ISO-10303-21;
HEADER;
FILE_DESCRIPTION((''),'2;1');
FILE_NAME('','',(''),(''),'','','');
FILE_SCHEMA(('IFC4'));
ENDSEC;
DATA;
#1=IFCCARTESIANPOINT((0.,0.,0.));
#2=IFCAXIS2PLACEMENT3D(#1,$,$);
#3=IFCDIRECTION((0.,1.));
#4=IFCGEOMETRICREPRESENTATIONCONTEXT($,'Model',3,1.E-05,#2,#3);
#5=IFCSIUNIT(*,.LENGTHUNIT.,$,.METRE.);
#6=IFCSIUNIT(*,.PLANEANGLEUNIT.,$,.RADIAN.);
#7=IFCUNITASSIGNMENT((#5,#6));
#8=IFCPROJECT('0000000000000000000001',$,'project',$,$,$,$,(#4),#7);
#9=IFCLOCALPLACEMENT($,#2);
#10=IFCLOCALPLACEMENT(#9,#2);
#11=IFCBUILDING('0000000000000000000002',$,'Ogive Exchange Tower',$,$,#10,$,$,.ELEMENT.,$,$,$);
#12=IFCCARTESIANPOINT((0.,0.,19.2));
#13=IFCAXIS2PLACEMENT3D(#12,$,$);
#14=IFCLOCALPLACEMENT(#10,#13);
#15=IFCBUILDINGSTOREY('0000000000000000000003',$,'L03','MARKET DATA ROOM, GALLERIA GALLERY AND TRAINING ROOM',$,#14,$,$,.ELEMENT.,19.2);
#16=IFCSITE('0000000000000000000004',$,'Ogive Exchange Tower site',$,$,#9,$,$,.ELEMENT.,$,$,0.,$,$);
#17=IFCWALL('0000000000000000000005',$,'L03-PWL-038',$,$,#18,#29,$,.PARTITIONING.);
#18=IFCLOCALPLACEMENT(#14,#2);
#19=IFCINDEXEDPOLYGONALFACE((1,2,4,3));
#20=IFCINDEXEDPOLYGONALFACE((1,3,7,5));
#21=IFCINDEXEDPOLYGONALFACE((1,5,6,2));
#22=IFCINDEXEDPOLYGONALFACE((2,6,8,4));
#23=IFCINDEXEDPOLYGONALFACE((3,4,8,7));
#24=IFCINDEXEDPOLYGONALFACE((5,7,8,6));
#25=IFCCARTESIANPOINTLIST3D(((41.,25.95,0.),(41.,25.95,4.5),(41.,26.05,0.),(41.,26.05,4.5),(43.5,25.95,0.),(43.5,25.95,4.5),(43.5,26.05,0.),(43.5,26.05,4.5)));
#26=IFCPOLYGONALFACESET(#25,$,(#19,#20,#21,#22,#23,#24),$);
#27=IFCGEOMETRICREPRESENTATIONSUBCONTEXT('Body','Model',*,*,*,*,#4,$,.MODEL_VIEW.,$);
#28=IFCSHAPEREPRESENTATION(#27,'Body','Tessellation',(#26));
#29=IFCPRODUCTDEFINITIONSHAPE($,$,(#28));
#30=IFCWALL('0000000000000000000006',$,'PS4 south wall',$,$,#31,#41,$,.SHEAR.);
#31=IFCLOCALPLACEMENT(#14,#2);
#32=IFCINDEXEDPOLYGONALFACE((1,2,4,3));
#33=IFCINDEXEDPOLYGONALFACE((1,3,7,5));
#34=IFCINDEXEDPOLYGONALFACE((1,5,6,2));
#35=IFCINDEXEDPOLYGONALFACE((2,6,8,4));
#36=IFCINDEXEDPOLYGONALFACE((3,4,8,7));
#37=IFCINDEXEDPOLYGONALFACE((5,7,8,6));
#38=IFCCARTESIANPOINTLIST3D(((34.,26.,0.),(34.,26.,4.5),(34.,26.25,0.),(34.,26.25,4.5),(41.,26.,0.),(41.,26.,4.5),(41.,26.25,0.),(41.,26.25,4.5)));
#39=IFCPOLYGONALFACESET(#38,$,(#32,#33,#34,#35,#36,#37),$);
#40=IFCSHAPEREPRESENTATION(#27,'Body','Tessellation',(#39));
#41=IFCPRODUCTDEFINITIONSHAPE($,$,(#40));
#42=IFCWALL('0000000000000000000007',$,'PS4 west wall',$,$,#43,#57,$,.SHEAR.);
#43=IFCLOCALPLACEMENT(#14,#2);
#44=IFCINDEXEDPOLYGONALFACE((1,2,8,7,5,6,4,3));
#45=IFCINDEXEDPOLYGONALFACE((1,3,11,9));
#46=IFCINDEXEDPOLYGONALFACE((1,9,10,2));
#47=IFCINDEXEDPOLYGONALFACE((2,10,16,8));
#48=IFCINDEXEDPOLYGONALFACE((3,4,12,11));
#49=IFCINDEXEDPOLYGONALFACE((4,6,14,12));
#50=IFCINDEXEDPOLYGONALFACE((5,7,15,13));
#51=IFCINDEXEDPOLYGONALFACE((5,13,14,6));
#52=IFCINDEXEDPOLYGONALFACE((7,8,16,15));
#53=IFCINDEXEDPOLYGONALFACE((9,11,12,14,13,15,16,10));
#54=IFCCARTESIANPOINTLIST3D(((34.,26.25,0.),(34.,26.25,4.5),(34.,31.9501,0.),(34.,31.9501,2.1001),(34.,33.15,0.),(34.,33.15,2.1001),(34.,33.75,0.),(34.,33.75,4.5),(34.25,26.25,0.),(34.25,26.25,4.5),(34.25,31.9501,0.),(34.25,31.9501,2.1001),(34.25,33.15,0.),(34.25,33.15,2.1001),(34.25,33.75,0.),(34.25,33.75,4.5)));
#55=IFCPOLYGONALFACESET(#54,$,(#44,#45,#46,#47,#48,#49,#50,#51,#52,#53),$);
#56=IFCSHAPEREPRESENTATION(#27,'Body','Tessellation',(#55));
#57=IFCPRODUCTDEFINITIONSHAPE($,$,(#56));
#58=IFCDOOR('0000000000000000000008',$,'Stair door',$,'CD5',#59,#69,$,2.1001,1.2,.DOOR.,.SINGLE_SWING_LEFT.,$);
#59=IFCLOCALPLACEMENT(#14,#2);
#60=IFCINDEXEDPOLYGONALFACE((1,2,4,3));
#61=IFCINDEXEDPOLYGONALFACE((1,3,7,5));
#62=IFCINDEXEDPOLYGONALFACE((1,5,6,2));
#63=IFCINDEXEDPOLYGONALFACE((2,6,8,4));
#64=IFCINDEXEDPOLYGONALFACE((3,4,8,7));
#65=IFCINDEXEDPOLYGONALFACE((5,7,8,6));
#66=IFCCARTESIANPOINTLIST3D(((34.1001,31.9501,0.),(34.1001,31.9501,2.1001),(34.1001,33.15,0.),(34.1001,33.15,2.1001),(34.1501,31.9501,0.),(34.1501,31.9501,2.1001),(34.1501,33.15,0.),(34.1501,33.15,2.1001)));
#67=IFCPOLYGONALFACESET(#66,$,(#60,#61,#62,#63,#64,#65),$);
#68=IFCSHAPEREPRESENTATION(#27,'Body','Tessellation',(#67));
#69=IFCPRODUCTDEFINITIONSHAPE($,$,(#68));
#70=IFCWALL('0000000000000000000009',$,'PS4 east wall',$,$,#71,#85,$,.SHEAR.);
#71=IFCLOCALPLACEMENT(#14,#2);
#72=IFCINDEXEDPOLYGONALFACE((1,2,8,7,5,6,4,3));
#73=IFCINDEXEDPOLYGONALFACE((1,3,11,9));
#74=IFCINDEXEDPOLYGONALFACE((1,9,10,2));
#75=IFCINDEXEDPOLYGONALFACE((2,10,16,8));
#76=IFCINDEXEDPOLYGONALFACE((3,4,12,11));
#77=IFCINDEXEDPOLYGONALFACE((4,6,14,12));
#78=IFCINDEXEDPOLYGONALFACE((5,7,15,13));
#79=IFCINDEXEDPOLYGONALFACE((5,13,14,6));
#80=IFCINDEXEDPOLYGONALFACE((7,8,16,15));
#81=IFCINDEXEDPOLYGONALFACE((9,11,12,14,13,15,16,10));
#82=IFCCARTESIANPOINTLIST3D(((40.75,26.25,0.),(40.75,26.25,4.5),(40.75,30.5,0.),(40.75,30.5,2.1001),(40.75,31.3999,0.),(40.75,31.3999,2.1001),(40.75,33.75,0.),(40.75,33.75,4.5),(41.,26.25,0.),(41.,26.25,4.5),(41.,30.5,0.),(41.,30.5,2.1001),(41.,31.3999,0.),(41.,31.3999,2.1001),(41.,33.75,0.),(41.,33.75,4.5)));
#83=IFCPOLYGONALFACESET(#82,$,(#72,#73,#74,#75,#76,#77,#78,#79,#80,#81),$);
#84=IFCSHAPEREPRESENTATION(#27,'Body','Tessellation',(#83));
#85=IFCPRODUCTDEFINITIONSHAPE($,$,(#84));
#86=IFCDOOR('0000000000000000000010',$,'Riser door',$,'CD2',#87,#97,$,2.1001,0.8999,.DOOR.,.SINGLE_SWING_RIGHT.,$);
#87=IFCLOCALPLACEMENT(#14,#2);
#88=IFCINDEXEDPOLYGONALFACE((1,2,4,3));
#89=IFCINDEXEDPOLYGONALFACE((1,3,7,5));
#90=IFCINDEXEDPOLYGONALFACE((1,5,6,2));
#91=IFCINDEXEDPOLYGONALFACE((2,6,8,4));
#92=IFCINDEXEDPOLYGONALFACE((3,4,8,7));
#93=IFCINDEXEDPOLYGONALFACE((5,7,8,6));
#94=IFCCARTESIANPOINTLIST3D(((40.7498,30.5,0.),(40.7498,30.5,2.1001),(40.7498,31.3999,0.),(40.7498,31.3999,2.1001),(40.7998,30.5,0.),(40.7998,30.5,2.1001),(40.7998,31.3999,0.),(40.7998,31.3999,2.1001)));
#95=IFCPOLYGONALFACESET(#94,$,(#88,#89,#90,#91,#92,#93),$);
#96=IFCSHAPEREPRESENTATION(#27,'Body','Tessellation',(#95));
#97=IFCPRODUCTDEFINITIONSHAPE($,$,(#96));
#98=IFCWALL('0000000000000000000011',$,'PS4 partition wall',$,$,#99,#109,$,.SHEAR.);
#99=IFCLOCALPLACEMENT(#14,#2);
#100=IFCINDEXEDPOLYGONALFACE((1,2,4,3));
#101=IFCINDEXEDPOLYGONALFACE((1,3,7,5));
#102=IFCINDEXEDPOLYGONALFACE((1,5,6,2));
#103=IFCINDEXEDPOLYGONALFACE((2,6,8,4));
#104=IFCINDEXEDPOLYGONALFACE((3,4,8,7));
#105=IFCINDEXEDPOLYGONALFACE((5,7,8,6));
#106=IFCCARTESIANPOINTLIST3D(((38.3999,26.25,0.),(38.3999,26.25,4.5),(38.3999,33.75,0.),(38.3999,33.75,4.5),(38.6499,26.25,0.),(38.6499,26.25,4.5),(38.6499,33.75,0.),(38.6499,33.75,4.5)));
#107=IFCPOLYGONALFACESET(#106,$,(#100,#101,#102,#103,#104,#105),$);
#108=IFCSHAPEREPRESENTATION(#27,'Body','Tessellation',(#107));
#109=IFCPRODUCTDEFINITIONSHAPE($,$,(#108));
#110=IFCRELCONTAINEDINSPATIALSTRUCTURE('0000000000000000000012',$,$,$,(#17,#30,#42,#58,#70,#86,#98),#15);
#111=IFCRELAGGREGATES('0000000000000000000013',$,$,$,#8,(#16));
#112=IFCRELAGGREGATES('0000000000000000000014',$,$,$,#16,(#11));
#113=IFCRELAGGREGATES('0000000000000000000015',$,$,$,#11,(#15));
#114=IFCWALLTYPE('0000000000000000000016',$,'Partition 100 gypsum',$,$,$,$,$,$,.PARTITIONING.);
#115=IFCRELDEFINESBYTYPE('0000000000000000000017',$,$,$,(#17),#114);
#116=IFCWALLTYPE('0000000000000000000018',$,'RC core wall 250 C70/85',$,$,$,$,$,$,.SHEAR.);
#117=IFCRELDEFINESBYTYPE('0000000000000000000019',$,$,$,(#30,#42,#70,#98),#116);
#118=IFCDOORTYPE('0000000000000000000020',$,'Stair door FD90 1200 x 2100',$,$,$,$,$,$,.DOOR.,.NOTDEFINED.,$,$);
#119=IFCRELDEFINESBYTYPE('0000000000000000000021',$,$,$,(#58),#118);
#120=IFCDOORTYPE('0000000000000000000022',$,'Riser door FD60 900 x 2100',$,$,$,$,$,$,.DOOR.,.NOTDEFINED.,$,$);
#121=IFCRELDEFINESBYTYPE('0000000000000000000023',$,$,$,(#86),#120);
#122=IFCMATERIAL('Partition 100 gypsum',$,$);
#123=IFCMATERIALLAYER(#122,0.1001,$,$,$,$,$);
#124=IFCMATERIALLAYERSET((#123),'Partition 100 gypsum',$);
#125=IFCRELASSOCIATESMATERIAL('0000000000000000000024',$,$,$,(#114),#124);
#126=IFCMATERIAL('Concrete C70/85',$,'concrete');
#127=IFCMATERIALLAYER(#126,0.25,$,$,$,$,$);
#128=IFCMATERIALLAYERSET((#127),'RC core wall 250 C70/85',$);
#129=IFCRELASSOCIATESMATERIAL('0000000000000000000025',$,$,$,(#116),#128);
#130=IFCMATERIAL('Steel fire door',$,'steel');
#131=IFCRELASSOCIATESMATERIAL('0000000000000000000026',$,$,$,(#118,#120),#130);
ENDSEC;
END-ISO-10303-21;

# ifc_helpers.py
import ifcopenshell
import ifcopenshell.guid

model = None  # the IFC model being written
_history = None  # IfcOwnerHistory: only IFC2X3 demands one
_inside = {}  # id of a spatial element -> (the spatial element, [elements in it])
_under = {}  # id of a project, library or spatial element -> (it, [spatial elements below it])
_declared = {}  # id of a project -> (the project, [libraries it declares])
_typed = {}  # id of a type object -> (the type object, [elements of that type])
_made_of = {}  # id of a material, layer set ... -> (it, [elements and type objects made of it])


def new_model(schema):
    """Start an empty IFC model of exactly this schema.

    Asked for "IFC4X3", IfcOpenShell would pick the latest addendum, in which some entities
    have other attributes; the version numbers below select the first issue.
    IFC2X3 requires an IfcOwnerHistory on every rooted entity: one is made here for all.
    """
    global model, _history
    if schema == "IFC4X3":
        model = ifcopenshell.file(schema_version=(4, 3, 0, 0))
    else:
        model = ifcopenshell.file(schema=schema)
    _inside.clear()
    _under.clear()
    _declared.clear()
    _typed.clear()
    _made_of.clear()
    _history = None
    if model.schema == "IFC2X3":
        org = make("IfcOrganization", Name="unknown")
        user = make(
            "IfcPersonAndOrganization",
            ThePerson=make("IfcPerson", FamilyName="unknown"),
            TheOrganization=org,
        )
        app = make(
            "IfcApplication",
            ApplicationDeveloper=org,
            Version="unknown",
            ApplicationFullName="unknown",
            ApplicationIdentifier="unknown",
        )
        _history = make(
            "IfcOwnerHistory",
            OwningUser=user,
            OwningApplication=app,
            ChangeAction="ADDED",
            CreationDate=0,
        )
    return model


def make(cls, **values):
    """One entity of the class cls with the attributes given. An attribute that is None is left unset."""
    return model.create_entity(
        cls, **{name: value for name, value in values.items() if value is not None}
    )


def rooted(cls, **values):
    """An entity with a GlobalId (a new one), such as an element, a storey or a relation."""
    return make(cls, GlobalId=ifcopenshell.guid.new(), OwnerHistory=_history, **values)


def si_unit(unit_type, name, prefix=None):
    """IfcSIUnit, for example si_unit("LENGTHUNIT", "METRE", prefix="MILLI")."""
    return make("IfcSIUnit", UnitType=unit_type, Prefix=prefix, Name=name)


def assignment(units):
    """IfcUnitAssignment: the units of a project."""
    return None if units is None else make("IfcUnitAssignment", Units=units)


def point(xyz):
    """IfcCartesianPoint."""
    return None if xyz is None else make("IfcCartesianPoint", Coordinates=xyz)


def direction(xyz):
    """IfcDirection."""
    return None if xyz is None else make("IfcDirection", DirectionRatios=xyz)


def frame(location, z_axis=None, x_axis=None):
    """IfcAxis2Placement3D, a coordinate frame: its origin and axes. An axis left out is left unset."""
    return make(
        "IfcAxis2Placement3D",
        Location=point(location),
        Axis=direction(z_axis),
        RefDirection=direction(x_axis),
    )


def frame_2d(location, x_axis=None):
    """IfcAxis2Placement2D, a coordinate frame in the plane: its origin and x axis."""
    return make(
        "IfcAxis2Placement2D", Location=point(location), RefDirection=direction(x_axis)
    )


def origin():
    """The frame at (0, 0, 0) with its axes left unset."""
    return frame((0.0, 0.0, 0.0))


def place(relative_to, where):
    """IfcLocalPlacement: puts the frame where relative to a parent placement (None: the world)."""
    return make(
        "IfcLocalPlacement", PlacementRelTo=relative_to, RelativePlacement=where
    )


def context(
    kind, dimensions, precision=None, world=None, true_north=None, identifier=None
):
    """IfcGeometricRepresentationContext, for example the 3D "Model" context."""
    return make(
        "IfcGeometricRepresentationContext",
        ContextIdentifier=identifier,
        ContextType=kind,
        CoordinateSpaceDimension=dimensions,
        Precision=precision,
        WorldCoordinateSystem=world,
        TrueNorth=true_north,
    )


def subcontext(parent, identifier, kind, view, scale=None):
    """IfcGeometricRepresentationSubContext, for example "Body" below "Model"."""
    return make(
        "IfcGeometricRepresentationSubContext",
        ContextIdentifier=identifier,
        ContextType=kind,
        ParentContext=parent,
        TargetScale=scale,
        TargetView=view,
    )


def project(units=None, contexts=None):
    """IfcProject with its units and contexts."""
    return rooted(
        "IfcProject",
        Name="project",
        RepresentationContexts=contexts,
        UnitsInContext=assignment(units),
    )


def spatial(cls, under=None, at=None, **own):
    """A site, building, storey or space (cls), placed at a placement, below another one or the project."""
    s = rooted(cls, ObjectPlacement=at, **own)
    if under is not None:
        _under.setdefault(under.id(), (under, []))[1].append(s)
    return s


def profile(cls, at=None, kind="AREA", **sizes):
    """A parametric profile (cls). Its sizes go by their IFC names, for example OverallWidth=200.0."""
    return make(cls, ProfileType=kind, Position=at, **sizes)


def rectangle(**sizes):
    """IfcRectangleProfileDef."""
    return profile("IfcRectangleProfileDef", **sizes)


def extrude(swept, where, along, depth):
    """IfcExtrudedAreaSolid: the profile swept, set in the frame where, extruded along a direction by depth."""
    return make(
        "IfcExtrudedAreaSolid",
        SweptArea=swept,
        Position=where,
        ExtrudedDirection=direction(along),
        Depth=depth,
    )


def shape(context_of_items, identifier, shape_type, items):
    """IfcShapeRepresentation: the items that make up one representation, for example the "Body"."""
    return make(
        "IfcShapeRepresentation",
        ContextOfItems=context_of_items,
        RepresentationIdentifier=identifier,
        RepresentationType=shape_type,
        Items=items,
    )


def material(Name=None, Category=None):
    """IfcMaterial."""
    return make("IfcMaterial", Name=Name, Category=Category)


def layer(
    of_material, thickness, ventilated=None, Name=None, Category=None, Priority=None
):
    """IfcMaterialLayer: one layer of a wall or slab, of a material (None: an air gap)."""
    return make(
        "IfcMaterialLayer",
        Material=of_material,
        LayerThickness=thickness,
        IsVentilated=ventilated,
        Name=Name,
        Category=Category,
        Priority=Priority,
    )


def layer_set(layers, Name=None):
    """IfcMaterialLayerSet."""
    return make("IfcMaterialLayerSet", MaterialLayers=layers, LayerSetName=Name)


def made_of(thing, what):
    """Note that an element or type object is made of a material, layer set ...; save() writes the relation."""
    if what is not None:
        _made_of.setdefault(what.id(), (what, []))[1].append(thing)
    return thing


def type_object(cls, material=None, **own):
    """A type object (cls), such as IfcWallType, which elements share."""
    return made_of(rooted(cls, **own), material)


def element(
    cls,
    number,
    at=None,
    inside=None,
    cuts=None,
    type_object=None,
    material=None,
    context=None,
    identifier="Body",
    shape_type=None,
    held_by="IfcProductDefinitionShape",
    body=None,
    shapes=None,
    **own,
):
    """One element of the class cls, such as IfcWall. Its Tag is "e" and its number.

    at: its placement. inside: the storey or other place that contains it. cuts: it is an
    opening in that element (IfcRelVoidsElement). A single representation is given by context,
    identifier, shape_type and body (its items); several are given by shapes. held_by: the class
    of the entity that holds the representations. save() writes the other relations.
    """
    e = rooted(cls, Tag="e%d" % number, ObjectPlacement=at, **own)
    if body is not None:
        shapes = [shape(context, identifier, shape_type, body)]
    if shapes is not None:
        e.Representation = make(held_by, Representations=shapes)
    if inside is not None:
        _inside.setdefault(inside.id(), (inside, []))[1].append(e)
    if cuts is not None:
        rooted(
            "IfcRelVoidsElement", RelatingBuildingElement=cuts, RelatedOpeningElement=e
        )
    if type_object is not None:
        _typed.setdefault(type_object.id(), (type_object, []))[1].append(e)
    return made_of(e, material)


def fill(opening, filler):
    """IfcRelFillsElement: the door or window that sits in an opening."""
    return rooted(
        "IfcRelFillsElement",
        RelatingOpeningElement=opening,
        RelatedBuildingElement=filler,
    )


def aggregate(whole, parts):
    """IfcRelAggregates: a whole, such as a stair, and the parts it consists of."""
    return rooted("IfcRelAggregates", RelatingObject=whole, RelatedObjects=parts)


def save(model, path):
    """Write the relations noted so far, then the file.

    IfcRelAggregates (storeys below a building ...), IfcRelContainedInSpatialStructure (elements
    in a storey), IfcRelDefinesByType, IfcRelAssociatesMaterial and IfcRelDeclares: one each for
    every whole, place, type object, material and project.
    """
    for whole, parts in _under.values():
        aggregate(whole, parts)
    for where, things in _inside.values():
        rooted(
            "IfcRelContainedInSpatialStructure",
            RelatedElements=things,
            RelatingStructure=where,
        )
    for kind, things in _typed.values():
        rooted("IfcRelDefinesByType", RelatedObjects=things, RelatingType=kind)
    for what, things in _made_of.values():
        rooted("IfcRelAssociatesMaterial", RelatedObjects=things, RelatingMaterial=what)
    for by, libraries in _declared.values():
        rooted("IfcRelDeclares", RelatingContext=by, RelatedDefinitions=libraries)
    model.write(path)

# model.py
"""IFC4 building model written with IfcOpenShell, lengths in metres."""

from ifc_helpers import new_model, si_unit, direction, frame, frame_2d, origin, place, context, subcontext, project, spatial, rectangle, extrude, material, layer, layer_set, type_object, element, fill, save


model = new_model("IFC4")

# Units and contexts
model_context = context("Model", 3, precision=1e-05, world=origin(), true_north=direction((0.0, 1.0)))
body_context = subcontext(model_context, "Body", "Model", "MODEL_VIEW")
ifc_project = project(units=[si_unit("LENGTHUNIT", "METRE"), si_unit("PLANEANGLEUNIT", "RADIAN")], contexts=[model_context])

# Site, building, storey
site_placement = place(None, origin())
site = spatial("IfcSite", under=ifc_project, at=site_placement, Name="Ogive Exchange Tower site", CompositionType="ELEMENT", RefElevation=0.0)
building_placement = place(site_placement, origin())
building = spatial("IfcBuilding", under=site, at=building_placement, Name="Ogive Exchange Tower", CompositionType="ELEMENT")
storey_placement = place(building_placement, frame((0.0, 0.0, 19.2)))
storey = spatial("IfcBuildingStorey", under=building, at=storey_placement, Name="L03", Description="MARKET DATA ROOM, GALLERIA GALLERY AND TRAINING ROOM", CompositionType="ELEMENT", Elevation=19.2)

# Shared definitions
ifc_material_1 = material(Name="Concrete C70/85", Category="concrete")

# Walls
ifc_material_2 = material(Name="Partition 100 gypsum")
ifc_layer_1 = layer(ifc_material_2, 0.1001)
ifc_layer_set_1 = layer_set([ifc_layer_1], Name="Partition 100 gypsum")
wall_type_1 = type_object("IfcWallType", Name="Partition 100 gypsum", PredefinedType="PARTITIONING", material=ifc_layer_set_1)
wall_1_placement = place(storey_placement, frame((41.0, 26.0, 0.0), z_axis=(0.0, 0.0, 1.0), x_axis=(1.0, 0.0, 0.0)))
element("IfcWall", 1, at=wall_1_placement, inside=storey, type_object=wall_type_1, Name="L03-PWL-038", PredefinedType="PARTITIONING", context=body_context, shape_type="SweptSolid", body=[
    extrude(rectangle(XDim=2.5, YDim=0.1001, at=frame_2d((1.25, 0.0))), origin(), (0.0, 0.0, 1.0), 4.5),
])
ifc_layer_2 = layer(ifc_material_1, 0.25)
ifc_layer_set_2 = layer_set([ifc_layer_2], Name="RC core wall 250 C70/85")
wall_type_2 = type_object("IfcWallType", Name="RC core wall 250 C70/85", PredefinedType="SHEAR", material=ifc_layer_set_2)
wall_2_placement = place(storey_placement, frame((34.0, 26.125, 0.0), z_axis=(0.0, 0.0, 1.0), x_axis=(1.0, 0.0, 0.0)))
element("IfcWall", 2, at=wall_2_placement, inside=storey, type_object=wall_type_2, Name="PS4 south wall", PredefinedType="SHEAR", context=body_context, shape_type="SweptSolid", body=[
    extrude(rectangle(XDim=7.0, YDim=0.25, at=frame_2d((3.5, 0.0))), origin(), (0.0, 0.0, 1.0), 4.5),
])

# Walls, openings, doors
wall_3_placement = place(storey_placement, frame((34.125, 26.25, 0.0), z_axis=(0.0, 0.0, 1.0), x_axis=(0.0, 1.0, 0.0)))
wall_3 = element("IfcWall", 3, at=wall_3_placement, inside=storey, type_object=wall_type_2, Name="PS4 west wall", PredefinedType="SHEAR", context=body_context, shape_type="SweptSolid", body=[
    extrude(rectangle(XDim=7.5, YDim=0.25, at=frame_2d((3.75, 0.0))), origin(), (0.0, 0.0, 1.0), 4.5),
])
opening_1_placement = place(wall_3_placement, frame((5.7, 0.0, 0.0)))
opening_1 = element("IfcOpeningElement", 4, at=opening_1_placement, cuts=wall_3, PredefinedType="OPENING", context=body_context, shape_type="SweptSolid", body=[
    extrude(rectangle(XDim=1.2, YDim=2.1001, at=frame_2d((0.6001, 1.05))), frame((0.0, 0.135, 0.0), z_axis=(0.0, -1.0, 0.0), x_axis=(1.0, 0.0, 0.0)), (0.0, 0.0, 1.0), 0.27),
])
ifc_material_3 = material(Name="Steel fire door", Category="steel")
door_type_1 = type_object("IfcDoorType", Name="Stair door FD90 1200 x 2100", OperationType="NOTDEFINED", PredefinedType="DOOR", material=ifc_material_3)
door_1_placement = place(opening_1_placement, origin())
door_1 = element("IfcDoor", 5, at=door_1_placement, inside=storey, type_object=door_type_1, Name="Stair door", ObjectType="CD5", OperationType="SINGLE_SWING_LEFT", OverallHeight=2.1001, OverallWidth=1.2, PredefinedType="DOOR", context=body_context, shape_type="SweptSolid", body=[
    extrude(rectangle(XDim=1.2, YDim=2.1001, at=frame_2d((0.6001, 1.05))), frame((0.0, 0.0249, 0.0), z_axis=(0.0, -1.0, 0.0), x_axis=(1.0, 0.0, 0.0)), (0.0, 0.0, 1.0), 0.05),
])
fill(opening_1, door_1)
wall_4_placement = place(storey_placement, frame((40.875, 26.25, 0.0), z_axis=(0.0, 0.0, 1.0), x_axis=(0.0, 1.0, 0.0)))
wall_4 = element("IfcWall", 6, at=wall_4_placement, inside=storey, type_object=wall_type_2, Name="PS4 east wall", PredefinedType="SHEAR", context=body_context, shape_type="SweptSolid", body=[
    extrude(rectangle(XDim=7.5, YDim=0.25, at=frame_2d((3.75, 0.0))), origin(), (0.0, 0.0, 1.0), 4.5),
])
opening_2_placement = place(wall_4_placement, frame((4.25, 0.0, 0.0)))
opening_2 = element("IfcOpeningElement", 7, at=opening_2_placement, cuts=wall_4, PredefinedType="OPENING", context=body_context, shape_type="SweptSolid", body=[
    extrude(rectangle(XDim=0.8999, YDim=2.1001, at=frame_2d((0.45, 1.05))), frame((0.0, 0.135, 0.0), z_axis=(0.0, -1.0, 0.0), x_axis=(1.0, 0.0, 0.0)), (0.0, 0.0, 1.0), 0.27),
])
door_type_2 = type_object("IfcDoorType", Name="Riser door FD60 900 x 2100", OperationType="NOTDEFINED", PredefinedType="DOOR", material=ifc_material_3)
door_2_placement = place(opening_2_placement, frame((0.8999, 0.2002, 0.0), z_axis=(0.0, 0.0, 1.0), x_axis=(-1.0, 0.0, 0.0)))
door_2 = element("IfcDoor", 8, at=door_2_placement, inside=storey, type_object=door_type_2, Name="Riser door", ObjectType="CD2", OperationType="SINGLE_SWING_RIGHT", OverallHeight=2.1001, OverallWidth=0.8999, PredefinedType="DOOR", context=body_context, shape_type="SweptSolid", body=[
    extrude(rectangle(XDim=0.8999, YDim=2.1001, at=frame_2d((0.45, 1.05))), frame((0.0, 0.125, 0.0), z_axis=(0.0, -1.0, 0.0), x_axis=(1.0, 0.0, 0.0)), (0.0, 0.0, 1.0), 0.05),
])
fill(opening_2, door_2)

# Wall
wall_5_placement = place(storey_placement, frame((38.5249, 26.25, 0.0), z_axis=(0.0, 0.0, 1.0), x_axis=(0.0, 1.0, 0.0)))
element("IfcWall", 9, at=wall_5_placement, inside=storey, type_object=wall_type_2, Name="PS4 partition wall", PredefinedType="SHEAR", context=body_context, shape_type="SweptSolid", body=[
    extrude(rectangle(XDim=7.5, YDim=0.25, at=frame_2d((3.75, 0.0))), origin(), (0.0, 0.0, 1.0), 4.5),
])

save(model, "model.ifc")
